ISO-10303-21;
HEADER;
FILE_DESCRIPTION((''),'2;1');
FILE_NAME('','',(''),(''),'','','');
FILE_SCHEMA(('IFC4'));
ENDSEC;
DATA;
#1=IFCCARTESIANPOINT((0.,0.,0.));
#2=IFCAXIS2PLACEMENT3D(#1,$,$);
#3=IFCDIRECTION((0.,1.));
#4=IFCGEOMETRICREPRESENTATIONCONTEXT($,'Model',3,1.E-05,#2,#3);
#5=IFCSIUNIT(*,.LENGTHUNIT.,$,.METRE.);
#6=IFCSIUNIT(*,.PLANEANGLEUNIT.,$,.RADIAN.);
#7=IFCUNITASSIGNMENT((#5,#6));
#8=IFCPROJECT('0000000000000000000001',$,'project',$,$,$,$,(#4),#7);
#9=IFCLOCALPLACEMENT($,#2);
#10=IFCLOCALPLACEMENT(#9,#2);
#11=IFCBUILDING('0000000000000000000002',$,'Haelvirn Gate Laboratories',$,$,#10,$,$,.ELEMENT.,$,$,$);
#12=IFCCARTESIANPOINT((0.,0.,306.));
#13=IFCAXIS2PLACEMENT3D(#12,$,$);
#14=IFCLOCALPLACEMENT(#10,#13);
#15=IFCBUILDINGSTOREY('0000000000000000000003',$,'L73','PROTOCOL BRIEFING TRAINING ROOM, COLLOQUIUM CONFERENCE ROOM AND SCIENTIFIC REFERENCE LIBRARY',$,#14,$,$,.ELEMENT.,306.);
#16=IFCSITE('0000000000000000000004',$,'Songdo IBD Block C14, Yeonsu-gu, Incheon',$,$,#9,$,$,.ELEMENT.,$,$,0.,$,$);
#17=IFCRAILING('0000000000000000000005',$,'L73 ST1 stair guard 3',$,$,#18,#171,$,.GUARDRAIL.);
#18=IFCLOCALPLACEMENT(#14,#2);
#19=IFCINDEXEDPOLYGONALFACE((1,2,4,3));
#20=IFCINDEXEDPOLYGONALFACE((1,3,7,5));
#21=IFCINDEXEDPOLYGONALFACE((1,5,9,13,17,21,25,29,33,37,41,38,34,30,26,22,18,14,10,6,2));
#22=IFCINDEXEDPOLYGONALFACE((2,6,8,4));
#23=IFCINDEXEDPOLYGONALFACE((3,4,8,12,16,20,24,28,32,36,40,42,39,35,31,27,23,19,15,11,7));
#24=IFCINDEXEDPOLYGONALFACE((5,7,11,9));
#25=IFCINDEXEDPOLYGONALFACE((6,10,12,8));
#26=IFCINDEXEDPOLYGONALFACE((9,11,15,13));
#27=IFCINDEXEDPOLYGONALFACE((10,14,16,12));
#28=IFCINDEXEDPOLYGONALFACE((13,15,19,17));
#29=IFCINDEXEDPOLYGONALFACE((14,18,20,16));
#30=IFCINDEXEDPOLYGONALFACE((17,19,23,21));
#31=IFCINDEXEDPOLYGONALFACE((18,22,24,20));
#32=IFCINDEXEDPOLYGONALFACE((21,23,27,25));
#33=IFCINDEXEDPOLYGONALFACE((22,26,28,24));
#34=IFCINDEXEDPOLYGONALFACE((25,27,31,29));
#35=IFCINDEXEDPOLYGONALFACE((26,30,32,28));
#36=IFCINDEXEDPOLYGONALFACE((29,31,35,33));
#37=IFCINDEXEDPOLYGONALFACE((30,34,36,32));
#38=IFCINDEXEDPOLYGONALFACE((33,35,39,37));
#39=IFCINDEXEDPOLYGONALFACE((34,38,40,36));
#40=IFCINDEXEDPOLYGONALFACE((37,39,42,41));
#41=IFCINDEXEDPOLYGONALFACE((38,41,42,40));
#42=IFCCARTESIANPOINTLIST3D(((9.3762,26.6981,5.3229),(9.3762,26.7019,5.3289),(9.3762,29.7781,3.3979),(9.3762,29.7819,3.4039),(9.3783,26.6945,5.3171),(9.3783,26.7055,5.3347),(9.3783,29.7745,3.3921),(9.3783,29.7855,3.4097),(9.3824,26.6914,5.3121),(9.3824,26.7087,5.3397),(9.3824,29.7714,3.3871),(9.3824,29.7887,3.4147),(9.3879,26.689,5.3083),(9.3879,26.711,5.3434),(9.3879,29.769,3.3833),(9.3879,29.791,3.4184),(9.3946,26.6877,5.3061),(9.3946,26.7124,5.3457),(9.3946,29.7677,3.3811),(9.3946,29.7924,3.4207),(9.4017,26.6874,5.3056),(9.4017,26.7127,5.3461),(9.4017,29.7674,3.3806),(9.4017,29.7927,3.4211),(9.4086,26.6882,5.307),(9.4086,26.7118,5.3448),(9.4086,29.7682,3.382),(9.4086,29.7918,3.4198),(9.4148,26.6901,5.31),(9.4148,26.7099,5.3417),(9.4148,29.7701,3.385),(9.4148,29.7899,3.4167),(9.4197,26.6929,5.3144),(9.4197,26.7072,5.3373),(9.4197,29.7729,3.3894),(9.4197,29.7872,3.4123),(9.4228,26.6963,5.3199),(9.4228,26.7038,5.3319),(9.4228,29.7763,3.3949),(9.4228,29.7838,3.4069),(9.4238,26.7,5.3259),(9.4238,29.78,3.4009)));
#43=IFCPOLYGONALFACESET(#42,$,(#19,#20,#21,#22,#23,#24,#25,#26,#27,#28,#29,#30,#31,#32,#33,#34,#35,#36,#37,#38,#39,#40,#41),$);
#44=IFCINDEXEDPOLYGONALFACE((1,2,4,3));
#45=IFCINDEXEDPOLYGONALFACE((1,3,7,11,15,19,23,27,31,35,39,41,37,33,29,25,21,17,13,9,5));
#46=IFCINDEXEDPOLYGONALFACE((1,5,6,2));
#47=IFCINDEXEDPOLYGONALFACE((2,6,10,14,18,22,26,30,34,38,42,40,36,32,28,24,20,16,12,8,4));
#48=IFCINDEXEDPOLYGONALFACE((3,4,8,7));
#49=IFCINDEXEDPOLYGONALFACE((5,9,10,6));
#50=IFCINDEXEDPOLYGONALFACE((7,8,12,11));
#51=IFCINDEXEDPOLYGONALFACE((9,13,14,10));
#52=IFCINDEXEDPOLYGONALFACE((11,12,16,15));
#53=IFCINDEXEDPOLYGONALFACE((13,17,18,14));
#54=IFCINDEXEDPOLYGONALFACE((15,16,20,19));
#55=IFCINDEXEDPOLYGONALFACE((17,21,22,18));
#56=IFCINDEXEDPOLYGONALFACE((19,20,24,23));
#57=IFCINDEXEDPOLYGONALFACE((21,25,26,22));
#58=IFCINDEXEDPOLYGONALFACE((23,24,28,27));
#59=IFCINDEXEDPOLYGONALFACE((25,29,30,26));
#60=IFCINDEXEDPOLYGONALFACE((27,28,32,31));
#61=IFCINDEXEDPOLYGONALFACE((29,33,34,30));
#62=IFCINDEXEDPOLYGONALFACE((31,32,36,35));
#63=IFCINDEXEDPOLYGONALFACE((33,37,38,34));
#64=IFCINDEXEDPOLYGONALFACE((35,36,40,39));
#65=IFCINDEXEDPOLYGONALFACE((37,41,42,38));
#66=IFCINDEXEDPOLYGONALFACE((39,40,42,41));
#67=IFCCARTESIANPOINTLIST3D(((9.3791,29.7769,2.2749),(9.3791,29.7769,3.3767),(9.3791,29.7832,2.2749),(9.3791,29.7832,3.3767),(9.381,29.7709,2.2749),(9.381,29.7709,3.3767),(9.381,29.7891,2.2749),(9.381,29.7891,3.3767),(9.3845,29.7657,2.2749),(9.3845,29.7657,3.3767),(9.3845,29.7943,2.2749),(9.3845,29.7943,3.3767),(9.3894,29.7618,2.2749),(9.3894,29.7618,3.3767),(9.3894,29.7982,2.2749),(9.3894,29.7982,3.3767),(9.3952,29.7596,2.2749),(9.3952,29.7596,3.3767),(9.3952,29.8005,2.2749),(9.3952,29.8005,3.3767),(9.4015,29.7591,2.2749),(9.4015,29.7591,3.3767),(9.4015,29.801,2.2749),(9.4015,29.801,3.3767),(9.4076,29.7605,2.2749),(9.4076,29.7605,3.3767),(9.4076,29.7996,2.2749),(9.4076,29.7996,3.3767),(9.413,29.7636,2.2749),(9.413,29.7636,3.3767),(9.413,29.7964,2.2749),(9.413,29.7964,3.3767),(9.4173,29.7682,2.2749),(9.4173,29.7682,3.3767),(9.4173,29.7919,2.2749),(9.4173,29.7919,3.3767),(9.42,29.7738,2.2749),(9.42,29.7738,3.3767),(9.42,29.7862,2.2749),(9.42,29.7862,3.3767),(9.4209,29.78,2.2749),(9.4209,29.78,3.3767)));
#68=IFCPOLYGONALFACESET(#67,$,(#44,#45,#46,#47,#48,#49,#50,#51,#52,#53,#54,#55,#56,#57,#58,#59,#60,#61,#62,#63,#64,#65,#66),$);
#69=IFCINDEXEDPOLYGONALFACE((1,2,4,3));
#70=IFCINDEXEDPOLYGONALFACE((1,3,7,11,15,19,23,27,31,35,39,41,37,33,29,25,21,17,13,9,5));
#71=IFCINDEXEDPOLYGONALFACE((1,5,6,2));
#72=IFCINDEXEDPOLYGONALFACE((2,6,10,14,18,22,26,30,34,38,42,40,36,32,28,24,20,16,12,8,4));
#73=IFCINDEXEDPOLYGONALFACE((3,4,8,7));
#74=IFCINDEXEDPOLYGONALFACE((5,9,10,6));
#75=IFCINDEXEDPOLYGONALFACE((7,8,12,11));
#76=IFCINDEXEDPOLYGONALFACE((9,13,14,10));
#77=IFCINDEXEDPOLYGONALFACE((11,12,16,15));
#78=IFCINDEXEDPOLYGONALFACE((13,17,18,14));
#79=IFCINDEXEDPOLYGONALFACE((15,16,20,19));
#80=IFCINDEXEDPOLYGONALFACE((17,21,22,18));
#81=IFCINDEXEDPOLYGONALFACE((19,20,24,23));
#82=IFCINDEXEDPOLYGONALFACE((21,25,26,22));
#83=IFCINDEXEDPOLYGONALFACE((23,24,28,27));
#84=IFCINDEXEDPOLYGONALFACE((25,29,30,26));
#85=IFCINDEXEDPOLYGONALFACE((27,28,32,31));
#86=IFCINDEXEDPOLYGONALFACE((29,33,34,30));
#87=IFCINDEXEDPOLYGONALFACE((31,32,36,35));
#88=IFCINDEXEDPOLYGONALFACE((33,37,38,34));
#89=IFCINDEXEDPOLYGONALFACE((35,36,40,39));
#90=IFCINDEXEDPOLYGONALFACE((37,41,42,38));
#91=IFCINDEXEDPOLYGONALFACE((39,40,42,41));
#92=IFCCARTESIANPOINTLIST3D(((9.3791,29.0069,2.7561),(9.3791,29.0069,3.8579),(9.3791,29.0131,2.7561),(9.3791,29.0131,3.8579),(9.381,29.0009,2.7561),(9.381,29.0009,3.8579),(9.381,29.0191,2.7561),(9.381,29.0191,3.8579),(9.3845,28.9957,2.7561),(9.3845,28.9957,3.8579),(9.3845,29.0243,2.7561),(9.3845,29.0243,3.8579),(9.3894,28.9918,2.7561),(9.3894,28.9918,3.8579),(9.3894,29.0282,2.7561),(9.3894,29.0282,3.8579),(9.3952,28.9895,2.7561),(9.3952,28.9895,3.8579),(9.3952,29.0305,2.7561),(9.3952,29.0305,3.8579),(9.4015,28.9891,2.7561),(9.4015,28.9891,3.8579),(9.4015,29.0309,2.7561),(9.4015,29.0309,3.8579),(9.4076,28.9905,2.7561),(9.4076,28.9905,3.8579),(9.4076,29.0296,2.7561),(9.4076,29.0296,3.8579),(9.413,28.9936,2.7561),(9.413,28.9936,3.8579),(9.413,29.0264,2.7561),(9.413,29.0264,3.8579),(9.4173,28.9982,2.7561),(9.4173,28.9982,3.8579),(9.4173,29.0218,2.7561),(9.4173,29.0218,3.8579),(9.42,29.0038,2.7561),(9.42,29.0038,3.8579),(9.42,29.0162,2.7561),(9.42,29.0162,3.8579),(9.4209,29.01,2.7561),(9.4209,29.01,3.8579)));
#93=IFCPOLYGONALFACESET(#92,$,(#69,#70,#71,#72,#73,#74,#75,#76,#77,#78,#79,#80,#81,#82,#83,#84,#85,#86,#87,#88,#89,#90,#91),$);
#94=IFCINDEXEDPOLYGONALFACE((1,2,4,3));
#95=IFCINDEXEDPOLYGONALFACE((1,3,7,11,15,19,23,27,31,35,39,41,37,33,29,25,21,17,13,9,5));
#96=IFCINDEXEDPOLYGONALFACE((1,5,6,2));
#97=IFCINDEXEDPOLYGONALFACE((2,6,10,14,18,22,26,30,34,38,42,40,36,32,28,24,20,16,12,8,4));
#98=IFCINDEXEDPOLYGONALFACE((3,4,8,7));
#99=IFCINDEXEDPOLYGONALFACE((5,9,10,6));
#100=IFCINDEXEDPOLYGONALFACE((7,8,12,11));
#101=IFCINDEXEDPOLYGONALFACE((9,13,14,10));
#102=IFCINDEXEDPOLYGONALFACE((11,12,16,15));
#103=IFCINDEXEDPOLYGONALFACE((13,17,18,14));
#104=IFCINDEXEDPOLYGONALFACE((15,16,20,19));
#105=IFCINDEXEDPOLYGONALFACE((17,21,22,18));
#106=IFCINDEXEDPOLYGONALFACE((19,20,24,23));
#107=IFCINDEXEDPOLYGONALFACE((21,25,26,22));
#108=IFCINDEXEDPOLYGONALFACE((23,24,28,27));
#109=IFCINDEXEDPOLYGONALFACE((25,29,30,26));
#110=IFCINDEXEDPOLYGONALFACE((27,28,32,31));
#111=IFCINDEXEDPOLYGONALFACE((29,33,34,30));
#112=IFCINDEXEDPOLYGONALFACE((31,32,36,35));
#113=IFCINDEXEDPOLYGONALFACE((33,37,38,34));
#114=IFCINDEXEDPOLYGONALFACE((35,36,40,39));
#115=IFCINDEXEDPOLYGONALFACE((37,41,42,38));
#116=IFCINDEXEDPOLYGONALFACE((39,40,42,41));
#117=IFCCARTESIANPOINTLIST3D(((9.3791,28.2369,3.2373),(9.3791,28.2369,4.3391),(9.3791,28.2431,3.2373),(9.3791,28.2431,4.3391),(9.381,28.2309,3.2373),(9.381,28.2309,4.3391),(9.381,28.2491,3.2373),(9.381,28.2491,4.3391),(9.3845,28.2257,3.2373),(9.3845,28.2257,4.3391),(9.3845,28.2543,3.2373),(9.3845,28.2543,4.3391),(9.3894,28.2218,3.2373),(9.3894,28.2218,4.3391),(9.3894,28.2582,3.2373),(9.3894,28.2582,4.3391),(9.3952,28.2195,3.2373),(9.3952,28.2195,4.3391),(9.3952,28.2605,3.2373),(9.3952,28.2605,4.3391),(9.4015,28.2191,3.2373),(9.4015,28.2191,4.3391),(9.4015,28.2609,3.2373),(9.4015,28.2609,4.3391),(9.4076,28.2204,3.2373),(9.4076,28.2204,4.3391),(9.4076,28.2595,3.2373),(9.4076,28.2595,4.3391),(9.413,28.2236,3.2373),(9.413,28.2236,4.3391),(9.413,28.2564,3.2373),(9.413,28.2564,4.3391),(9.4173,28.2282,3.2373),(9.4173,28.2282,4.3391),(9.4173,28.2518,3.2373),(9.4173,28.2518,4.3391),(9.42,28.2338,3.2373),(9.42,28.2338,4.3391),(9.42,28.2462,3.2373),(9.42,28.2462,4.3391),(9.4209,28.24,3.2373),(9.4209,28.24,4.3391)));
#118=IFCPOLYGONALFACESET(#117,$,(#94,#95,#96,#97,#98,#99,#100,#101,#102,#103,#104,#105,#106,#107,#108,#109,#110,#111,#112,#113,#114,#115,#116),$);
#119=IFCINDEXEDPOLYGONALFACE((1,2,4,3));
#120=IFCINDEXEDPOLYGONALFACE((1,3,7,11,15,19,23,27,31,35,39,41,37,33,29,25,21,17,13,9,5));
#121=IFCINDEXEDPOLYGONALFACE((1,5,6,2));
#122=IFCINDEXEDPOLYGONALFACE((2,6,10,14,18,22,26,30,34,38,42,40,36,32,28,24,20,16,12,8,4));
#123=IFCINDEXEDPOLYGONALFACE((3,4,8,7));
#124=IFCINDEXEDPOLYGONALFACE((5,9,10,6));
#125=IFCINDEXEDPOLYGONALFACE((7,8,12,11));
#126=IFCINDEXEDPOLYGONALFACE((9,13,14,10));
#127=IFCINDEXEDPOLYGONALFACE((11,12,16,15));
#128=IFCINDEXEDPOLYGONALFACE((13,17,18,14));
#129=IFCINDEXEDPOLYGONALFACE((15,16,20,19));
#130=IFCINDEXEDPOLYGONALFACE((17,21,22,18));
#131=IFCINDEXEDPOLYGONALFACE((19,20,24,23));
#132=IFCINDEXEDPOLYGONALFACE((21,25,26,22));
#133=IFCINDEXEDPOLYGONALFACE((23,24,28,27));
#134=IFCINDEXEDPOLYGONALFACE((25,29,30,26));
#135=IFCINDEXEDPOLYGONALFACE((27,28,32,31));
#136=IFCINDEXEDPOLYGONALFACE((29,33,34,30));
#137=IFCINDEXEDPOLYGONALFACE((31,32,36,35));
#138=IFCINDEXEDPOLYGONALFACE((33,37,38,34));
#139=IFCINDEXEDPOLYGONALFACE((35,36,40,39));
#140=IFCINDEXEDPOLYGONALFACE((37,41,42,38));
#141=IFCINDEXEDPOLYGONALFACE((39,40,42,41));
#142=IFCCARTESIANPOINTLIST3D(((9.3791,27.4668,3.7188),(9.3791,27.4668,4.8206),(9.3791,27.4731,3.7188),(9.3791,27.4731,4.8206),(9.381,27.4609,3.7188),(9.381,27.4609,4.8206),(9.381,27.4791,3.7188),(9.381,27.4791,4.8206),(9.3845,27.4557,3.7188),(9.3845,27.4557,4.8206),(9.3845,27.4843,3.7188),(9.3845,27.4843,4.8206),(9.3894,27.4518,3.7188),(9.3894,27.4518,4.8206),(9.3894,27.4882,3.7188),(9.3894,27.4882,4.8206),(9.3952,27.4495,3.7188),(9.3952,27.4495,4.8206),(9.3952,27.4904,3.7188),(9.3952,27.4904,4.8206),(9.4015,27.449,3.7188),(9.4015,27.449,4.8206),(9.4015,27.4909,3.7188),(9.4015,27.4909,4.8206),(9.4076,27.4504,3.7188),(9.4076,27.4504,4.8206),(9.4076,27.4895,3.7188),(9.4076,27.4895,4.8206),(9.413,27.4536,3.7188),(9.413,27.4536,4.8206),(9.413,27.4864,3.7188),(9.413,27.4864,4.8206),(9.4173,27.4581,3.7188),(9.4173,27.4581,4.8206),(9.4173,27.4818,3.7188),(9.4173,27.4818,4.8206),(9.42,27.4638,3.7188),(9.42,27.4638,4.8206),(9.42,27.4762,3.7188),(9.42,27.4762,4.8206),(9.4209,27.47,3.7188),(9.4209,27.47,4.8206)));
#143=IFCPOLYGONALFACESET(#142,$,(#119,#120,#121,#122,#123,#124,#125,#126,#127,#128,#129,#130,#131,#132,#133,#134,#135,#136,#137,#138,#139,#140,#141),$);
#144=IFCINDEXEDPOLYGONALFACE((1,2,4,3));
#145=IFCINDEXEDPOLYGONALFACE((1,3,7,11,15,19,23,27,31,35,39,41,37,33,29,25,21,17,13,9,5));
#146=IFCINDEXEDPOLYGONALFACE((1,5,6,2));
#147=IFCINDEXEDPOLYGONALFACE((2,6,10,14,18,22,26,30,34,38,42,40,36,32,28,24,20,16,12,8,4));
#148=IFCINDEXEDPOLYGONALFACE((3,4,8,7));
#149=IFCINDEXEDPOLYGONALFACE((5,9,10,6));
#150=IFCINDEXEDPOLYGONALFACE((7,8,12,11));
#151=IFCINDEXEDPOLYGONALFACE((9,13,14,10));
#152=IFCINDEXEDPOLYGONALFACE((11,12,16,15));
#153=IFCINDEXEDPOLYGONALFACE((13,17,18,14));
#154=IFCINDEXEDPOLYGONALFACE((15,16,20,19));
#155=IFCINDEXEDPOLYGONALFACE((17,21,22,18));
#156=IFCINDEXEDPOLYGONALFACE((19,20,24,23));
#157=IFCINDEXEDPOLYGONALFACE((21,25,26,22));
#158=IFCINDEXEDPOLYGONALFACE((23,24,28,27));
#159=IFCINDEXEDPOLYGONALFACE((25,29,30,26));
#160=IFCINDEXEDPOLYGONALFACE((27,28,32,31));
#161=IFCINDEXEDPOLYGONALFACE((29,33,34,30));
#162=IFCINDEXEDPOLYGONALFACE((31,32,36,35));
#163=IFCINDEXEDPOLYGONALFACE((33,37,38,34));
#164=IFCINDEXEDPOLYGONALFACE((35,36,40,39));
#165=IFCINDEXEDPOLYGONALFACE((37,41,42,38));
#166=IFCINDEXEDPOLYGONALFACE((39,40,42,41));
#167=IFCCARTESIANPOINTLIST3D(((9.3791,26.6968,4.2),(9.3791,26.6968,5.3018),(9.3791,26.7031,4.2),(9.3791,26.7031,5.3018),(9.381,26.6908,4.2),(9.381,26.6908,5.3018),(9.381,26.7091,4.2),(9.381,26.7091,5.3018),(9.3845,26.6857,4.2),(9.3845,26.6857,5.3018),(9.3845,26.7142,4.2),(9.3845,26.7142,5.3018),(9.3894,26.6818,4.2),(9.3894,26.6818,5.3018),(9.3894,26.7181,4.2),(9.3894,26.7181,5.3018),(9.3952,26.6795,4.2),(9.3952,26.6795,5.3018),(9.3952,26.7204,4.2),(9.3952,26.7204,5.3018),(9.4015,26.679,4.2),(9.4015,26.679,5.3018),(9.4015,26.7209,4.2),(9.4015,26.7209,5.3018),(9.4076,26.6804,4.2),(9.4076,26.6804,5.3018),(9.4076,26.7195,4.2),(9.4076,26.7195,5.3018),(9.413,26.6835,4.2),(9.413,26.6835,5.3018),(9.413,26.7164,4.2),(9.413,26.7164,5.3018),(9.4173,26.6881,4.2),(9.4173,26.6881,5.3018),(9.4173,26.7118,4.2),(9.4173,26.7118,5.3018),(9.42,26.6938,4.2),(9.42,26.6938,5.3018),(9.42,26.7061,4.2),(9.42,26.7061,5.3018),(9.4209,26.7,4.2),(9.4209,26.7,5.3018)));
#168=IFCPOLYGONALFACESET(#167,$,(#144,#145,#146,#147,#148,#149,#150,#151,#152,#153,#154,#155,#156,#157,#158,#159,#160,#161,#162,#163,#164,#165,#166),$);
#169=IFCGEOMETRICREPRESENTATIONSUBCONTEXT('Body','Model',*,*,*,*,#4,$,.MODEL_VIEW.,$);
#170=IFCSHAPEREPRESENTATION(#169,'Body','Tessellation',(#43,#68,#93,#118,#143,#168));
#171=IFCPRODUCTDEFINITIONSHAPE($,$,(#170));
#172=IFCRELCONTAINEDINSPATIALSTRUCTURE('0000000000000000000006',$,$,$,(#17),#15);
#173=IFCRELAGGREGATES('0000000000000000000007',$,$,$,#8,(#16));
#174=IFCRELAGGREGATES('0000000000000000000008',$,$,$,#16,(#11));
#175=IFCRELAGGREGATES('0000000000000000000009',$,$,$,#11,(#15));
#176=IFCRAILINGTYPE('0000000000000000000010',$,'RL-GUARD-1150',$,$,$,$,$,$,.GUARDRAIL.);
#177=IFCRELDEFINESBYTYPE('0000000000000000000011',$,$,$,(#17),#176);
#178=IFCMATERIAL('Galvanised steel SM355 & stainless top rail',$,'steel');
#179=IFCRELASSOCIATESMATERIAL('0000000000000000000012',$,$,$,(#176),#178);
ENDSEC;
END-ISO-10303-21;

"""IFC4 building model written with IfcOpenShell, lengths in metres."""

from ifc_helpers import new_model, si_unit, direction, frame, origin, origin_2d, place, context, subcontext, project, spatial, circle, extrude, source, transform, mapped, material, type_object, element, save


model = new_model("IFC4")

# Units and contexts
model_context = context("Model", 3, precision=1e-05, world=origin(), true_north=direction((0.0, 1.0)))
body_context = subcontext(model_context, "Body", "Model", "MODEL_VIEW")
ifc_project = project(units=[si_unit("LENGTHUNIT", "METRE"), si_unit("PLANEANGLEUNIT", "RADIAN")], contexts=[model_context])

# Site, building, storey
site_placement = place(None, origin())
site = spatial("IfcSite", under=ifc_project, at=site_placement, Name="Songdo IBD Block C14, Yeonsu-gu, Incheon", CompositionType="ELEMENT", RefElevation=0.0)
building_placement = place(site_placement, origin())
building = spatial("IfcBuilding", under=site, at=building_placement, Name="Haelvirn Gate Laboratories", CompositionType="ELEMENT")
storey_placement = place(building_placement, frame((0.0, 0.0, 306.0)))
storey = spatial("IfcBuildingStorey", under=building, at=storey_placement, Name="L73", Description="PROTOCOL BRIEFING TRAINING ROOM, COLLOQUIUM CONFERENCE ROOM AND SCIENTIFIC REFERENCE LIBRARY", CompositionType="ELEMENT", Elevation=306.0)

# Railing
ifc_material_1 = material(Name="Galvanised steel SM355 & stainless top rail", Category="steel")
railing_type_1 = type_object("IfcRailingType", Name="RL-GUARD-1150", PredefinedType="GUARDRAIL", material=ifc_material_1)
shared_shape_1 = source(origin(), body_context, "Body", "SweptSolid", [
    extrude(circle(Radius=0.0239, at=origin_2d()), frame((0.0, 0.0, 1.126), z_axis=(0.0, -0.847998, 0.529999), x_axis=(1.0, 0.0, 0.0)), (0.0, 0.0, 1.0), 3.6321),
    extrude(circle(Radius=0.021, at=origin_2d()), origin(), (0.0, 0.0, 1.0), 1.1018),
    extrude(circle(Radius=0.021, at=origin_2d()), frame((0.0, -0.77, 0.4812)), (0.0, 0.0, 1.0), 1.1018),
    extrude(circle(Radius=0.021, at=origin_2d()), frame((0.0, -1.54, 0.9624)), (0.0, 0.0, 1.0), 1.1018),
    extrude(circle(Radius=0.021, at=origin_2d()), frame((0.0, -2.3101, 1.4438)), (0.0, 0.0, 1.0), 1.1018),
    extrude(circle(Radius=0.021, at=origin_2d()), frame((0.0, -3.0801, 1.925)), (0.0, 0.0, 1.0), 1.1018),
])
railing_1_placement = place(storey_placement, frame((9.3999, 29.78, 2.2749)))
element("IfcRailing", 1, at=railing_1_placement, inside=storey, type_object=railing_type_1, Name="L73 ST1 stair guard 3", PredefinedType="GUARDRAIL", context=body_context, shape_type="MappedRepresentation", body=[
    mapped(shared_shape_1, transform((0.0, 0.0, 0.0), scale=1.0)),
])

save(model, "model.ifc")
